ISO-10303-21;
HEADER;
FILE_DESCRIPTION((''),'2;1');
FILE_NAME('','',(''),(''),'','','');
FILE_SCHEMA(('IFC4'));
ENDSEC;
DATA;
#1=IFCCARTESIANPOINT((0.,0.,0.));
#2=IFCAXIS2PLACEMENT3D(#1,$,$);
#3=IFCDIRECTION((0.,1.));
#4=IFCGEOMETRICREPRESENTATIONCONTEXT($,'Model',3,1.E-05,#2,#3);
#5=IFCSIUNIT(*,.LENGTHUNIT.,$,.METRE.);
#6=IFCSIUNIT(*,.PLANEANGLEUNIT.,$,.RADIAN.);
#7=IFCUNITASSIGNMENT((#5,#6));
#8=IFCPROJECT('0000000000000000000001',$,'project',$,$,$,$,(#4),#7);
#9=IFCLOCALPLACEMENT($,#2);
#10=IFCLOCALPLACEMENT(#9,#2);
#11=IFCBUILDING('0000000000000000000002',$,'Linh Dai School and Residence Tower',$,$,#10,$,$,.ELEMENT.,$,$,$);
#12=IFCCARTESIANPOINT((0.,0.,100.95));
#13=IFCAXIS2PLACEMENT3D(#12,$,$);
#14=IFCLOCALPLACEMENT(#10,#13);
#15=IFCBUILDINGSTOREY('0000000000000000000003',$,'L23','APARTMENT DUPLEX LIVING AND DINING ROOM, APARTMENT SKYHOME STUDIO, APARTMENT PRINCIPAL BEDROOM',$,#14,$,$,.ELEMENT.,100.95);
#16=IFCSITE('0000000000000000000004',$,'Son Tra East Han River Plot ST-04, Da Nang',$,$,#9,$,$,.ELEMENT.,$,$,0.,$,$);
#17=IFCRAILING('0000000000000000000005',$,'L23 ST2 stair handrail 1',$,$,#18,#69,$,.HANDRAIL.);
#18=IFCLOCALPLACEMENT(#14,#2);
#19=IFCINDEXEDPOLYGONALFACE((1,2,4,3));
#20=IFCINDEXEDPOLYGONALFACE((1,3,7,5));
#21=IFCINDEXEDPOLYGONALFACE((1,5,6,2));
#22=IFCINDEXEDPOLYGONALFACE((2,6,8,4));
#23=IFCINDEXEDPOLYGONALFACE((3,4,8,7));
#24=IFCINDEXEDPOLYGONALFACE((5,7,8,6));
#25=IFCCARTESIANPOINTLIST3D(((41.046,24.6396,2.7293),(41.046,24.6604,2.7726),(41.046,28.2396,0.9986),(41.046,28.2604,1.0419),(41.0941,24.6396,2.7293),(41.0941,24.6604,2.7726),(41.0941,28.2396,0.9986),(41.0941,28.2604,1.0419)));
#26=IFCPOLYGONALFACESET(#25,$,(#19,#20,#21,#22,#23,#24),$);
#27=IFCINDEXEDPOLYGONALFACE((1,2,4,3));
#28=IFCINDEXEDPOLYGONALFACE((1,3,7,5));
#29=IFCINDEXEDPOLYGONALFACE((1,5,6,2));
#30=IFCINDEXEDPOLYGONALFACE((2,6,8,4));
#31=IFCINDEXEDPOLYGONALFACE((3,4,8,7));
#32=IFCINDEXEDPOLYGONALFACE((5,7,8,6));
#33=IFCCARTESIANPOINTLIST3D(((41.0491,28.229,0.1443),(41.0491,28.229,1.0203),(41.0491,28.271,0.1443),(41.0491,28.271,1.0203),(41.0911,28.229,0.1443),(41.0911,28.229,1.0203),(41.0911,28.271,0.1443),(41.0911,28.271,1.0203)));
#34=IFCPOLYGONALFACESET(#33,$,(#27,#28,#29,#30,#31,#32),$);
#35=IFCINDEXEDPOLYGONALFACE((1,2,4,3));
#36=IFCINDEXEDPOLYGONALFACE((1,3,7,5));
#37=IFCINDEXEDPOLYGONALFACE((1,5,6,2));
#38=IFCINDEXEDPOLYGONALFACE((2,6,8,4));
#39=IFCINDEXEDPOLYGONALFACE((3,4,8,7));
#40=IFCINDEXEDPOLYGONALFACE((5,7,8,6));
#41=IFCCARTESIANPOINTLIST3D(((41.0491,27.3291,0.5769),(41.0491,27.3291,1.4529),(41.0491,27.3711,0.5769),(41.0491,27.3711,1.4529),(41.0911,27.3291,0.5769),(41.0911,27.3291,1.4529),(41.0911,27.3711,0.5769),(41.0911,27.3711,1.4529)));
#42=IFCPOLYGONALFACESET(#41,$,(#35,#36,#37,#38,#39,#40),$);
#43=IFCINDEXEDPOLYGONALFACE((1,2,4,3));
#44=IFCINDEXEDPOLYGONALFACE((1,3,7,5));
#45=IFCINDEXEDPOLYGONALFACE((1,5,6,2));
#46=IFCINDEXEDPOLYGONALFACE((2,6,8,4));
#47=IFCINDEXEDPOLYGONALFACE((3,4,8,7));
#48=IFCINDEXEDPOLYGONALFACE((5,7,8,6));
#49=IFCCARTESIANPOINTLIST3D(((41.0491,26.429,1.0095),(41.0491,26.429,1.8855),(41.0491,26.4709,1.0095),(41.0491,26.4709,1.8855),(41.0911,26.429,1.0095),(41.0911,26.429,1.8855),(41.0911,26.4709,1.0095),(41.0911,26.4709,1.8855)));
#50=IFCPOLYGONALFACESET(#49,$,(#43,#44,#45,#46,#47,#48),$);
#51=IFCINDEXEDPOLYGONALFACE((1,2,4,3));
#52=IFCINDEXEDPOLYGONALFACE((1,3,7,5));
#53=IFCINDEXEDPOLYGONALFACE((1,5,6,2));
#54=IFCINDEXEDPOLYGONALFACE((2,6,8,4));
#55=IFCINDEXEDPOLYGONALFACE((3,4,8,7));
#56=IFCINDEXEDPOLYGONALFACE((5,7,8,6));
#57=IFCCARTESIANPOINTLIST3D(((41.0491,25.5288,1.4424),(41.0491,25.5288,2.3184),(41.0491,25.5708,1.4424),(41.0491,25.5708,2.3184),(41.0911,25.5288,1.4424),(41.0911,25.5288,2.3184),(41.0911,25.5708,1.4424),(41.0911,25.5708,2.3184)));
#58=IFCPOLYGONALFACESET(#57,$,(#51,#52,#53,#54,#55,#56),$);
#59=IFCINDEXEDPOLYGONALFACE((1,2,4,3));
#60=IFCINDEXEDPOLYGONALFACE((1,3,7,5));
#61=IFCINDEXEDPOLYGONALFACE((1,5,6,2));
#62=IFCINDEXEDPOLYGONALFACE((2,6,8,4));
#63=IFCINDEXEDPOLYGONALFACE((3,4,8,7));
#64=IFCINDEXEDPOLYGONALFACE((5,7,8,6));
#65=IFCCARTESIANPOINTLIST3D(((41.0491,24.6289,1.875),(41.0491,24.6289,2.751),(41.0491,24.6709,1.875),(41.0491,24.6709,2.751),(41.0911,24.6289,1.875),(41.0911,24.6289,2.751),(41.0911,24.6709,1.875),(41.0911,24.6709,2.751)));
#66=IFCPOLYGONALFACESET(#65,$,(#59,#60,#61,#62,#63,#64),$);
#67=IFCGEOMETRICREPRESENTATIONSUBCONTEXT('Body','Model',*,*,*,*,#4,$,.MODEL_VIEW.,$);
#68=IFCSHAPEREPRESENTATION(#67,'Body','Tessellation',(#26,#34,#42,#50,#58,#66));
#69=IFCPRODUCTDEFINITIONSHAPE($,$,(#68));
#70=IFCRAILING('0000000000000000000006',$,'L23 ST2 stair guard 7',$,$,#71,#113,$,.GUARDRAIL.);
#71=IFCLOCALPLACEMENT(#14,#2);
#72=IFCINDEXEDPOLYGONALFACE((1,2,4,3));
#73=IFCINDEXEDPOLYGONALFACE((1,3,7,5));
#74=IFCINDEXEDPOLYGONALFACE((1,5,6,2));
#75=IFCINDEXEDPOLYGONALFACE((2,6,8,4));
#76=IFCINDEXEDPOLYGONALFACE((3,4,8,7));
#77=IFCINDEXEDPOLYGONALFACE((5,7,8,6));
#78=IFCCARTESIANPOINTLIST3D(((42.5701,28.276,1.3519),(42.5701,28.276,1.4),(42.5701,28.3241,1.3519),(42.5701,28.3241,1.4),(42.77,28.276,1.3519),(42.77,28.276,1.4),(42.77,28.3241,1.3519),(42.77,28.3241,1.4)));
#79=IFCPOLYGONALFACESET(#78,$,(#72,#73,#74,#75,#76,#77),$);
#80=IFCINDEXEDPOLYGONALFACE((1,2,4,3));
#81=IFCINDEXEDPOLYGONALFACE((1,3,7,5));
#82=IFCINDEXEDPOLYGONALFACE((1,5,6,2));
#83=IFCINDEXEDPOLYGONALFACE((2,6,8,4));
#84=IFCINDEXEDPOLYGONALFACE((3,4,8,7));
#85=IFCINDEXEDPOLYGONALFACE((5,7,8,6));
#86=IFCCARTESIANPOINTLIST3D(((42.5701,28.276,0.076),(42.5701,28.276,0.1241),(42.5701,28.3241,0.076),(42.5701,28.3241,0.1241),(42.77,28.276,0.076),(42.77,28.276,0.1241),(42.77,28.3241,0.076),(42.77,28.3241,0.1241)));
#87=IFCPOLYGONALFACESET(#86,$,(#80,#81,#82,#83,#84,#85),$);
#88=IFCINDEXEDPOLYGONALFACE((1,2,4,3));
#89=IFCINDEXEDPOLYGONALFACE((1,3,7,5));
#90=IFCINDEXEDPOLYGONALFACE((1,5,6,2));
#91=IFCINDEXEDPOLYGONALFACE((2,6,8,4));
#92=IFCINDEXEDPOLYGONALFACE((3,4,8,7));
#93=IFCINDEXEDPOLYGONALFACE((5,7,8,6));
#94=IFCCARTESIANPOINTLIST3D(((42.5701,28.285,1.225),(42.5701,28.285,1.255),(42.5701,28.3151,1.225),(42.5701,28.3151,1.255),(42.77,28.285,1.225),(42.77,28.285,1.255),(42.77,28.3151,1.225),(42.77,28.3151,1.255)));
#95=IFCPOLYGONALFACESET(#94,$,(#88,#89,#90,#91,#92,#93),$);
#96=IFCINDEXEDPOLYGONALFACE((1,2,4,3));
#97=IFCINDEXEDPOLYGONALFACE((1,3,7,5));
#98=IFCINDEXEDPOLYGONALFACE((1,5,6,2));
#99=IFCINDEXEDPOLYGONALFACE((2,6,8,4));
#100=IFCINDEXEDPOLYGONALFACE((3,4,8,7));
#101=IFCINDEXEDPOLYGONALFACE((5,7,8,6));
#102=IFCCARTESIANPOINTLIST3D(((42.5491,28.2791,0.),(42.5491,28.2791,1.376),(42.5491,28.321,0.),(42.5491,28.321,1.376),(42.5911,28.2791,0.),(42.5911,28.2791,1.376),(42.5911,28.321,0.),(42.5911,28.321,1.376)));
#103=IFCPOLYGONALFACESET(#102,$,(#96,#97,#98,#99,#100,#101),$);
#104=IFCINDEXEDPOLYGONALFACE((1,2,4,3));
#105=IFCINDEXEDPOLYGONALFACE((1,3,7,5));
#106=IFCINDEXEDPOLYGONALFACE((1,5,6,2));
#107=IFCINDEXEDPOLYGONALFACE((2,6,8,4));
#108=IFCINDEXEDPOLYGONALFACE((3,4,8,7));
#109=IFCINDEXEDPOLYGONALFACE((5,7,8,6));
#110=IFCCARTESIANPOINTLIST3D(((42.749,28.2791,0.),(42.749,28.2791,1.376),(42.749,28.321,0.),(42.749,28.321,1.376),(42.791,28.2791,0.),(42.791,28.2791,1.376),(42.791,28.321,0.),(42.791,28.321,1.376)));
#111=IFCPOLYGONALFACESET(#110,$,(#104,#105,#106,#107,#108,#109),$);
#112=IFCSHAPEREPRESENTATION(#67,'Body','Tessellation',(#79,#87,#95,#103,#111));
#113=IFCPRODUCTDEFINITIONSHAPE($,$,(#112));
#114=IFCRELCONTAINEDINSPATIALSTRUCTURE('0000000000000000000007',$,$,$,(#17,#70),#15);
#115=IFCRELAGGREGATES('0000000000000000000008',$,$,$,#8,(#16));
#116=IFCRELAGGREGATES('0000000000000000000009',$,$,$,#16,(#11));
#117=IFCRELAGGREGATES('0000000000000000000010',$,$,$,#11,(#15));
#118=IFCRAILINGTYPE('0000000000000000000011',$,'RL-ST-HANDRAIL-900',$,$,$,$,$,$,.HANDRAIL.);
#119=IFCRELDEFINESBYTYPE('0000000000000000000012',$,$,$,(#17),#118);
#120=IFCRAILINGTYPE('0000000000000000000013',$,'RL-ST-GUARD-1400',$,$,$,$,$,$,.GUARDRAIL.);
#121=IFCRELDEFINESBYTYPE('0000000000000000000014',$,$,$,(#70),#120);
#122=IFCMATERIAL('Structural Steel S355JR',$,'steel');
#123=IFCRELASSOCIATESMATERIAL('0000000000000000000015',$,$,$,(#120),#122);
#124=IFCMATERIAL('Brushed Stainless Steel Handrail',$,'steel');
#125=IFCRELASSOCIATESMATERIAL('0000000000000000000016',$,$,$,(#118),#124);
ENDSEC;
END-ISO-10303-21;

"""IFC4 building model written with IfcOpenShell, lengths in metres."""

from ifc_helpers import new_model, si_unit, direction, frame, origin, origin_2d, place, context, subcontext, project, spatial, rectangle, extrude, source, transform, mapped, material, type_object, element, save


model = new_model("IFC4")

# Units and contexts
model_context = context("Model", 3, precision=1e-05, world=origin(), true_north=direction((0.0, 1.0)))
body_context = subcontext(model_context, "Body", "Model", "MODEL_VIEW")
ifc_project = project(units=[si_unit("LENGTHUNIT", "METRE"), si_unit("PLANEANGLEUNIT", "RADIAN")], contexts=[model_context])

# Site, building, storey
site_placement = place(None, origin())
site = spatial("IfcSite", under=ifc_project, at=site_placement, Name="Son Tra East Han River Plot ST-04, Da Nang", CompositionType="ELEMENT", RefElevation=0.0)
building_placement = place(site_placement, origin())
building = spatial("IfcBuilding", under=site, at=building_placement, Name="Linh Dai School and Residence Tower", CompositionType="ELEMENT")
storey_placement = place(building_placement, frame((0.0, 0.0, 100.95)))
storey = spatial("IfcBuildingStorey", under=building, at=storey_placement, Name="L23", Description="APARTMENT DUPLEX LIVING AND DINING ROOM, APARTMENT SKYHOME STUDIO, APARTMENT PRINCIPAL BEDROOM", CompositionType="ELEMENT", Elevation=100.95)

# Shared definitions
ifc_material_1 = material(Name="Structural Steel S355JR", Category="steel")

# Railings
railing_type_1 = type_object("IfcRailingType", Name="RL-ST-GUARD-1400", PredefinedType="GUARDRAIL", material=ifc_material_1)
ifc_material_2 = material(Name="Brushed Stainless Steel Handrail", Category="steel")
railing_type_2 = type_object("IfcRailingType", Name="RL-ST-HANDRAIL-900", PredefinedType="HANDRAIL", material=ifc_material_2)
shared_shape_1 = source(origin(), body_context, "Body", "SweptSolid", [
    extrude(rectangle(XDim=0.0481, YDim=0.0481, at=origin_2d()), frame((0.0, 0.0, 0.876), z_axis=(0.0, -0.901263, 0.433273), x_axis=(1.0, 0.0, 0.0)), (0.0, 0.0, 1.0), 3.9944),
    extrude(rectangle(XDim=0.042, YDim=0.042, at=origin_2d()), origin(), (0.0, 0.0, 1.0), 0.876),
    extrude(rectangle(XDim=0.042, YDim=0.042, at=origin_2d()), frame((0.0, -0.8999, 0.4326)), (0.0, 0.0, 1.0), 0.876),
    extrude(rectangle(XDim=0.042, YDim=0.042, at=origin_2d()), frame((0.0, -1.8, 0.8652)), (0.0, 0.0, 1.0), 0.876),
    extrude(rectangle(XDim=0.042, YDim=0.042, at=origin_2d()), frame((0.0, -2.7002, 1.2981)), (0.0, 0.0, 1.0), 0.876),
    extrude(rectangle(XDim=0.042, YDim=0.042, at=origin_2d()), frame((0.0, -3.6001, 1.7307)), (0.0, 0.0, 1.0), 0.876),
])
railing_1_placement = place(storey_placement, frame((41.0701, 28.25, 0.1443)))
element("IfcRailing", 1, at=railing_1_placement, inside=storey, type_object=railing_type_2, Name="L23 ST2 stair handrail 1", PredefinedType="HANDRAIL", context=body_context, shape_type="MappedRepresentation", body=[
    mapped(shared_shape_1, transform((0.0, 0.0, 0.0), x_axis=(1.0, 0.0, 0.0), y_axis=(0.0, 1.0, 0.0), z_axis=(0.0, 0.0, 1.0), scale=1.0)),
])
shared_shape_2 = source(origin(), body_context, "Body", "SweptSolid", [
    extrude(rectangle(XDim=0.0481, YDim=0.0481, at=origin_2d()), frame((0.0, 0.0, 1.376), z_axis=(1.0, 0.0, 0.0), x_axis=(0.0, 1.0, 0.0)), (0.0, 0.0, 1.0), 0.2),
    extrude(rectangle(XDim=0.0481, YDim=0.0481, at=origin_2d()), frame((0.0, 0.0, 0.1001), z_axis=(1.0, 0.0, 0.0), x_axis=(0.0, 1.0, 0.0)), (0.0, 0.0, 1.0), 0.2),
    extrude(rectangle(XDim=0.03, YDim=0.03, at=origin_2d()), frame((0.0, 0.0, 1.24), z_axis=(1.0, 0.0, 0.0), x_axis=(0.0, 1.0, 0.0)), (0.0, 0.0, 1.0), 0.2),
    extrude(rectangle(XDim=0.042, YDim=0.042, at=origin_2d()), origin(), (0.0, 0.0, 1.0), 1.376),
    extrude(rectangle(XDim=0.042, YDim=0.042, at=origin_2d()), frame((0.2, 0.0, 0.0)), (0.0, 0.0, 1.0), 1.376),
])
railing_2_placement = place(storey_placement, frame((42.5701, 28.3, 0.0)))
element("IfcRailing", 2, at=railing_2_placement, inside=storey, type_object=railing_type_1, Name="L23 ST2 stair guard 7", PredefinedType="GUARDRAIL", context=body_context, shape_type="MappedRepresentation", body=[
    mapped(shared_shape_2, transform((0.0, 0.0, 0.0), x_axis=(1.0, 0.0, 0.0), y_axis=(0.0, 1.0, 0.0), z_axis=(0.0, 0.0, 1.0), scale=1.0)),
])

save(model, "model.ifc")
